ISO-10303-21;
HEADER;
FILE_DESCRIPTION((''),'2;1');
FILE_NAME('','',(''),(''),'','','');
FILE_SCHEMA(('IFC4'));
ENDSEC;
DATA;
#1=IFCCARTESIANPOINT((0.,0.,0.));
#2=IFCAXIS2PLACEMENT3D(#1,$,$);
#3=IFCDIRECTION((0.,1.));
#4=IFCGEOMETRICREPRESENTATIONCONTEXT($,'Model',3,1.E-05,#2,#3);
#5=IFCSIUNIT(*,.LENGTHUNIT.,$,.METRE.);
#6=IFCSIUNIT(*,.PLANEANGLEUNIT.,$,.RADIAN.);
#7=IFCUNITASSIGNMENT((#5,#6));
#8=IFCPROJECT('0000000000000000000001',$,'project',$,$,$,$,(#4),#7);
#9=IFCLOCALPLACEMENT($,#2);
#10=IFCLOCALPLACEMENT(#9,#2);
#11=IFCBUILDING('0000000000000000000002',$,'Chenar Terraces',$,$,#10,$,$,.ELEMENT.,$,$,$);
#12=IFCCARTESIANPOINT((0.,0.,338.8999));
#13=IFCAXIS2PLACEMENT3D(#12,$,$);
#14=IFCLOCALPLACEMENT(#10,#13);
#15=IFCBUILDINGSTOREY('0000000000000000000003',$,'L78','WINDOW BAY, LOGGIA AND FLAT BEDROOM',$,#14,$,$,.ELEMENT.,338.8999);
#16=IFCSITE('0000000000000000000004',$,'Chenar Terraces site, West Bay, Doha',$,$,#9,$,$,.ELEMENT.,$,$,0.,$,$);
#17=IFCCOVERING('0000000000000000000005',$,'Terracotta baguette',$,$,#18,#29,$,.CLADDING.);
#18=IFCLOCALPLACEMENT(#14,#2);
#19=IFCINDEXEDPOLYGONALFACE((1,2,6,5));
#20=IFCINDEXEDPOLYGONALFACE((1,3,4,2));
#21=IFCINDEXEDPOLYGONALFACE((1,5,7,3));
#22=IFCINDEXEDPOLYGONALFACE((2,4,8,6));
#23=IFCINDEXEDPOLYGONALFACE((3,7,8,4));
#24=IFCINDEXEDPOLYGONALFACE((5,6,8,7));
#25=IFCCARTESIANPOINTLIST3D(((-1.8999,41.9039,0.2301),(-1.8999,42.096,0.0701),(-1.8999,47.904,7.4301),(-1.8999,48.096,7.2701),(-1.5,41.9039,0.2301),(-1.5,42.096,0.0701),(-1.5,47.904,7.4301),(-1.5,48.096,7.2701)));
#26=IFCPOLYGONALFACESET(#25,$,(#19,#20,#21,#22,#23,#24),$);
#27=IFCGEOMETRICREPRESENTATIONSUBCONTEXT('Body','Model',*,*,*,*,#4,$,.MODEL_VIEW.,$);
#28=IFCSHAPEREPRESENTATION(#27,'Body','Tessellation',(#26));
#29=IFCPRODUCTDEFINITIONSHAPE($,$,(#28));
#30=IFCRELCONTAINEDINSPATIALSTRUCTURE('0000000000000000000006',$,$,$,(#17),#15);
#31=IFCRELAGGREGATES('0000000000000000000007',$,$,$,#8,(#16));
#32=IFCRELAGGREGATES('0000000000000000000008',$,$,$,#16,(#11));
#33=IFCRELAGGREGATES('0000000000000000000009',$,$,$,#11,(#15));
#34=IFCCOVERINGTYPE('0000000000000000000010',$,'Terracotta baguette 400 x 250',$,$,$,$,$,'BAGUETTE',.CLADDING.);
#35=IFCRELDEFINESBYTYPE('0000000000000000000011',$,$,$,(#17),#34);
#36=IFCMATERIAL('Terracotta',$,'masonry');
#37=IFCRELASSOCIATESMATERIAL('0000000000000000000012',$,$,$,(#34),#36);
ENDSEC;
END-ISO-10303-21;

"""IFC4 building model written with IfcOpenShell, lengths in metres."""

from ifc_helpers import new_model, si_unit, direction, frame, origin, origin_2d, place, context, subcontext, project, spatial, rectangle, extrude, material, material_profile, profile_set, type_object, element, save


model = new_model("IFC4")

# Units and contexts
model_context = context("Model", 3, precision=1e-05, world=origin(), true_north=direction((0.0, 1.0)))
body_context = subcontext(model_context, "Body", "Model", "MODEL_VIEW")
ifc_project = project(units=[si_unit("LENGTHUNIT", "METRE"), si_unit("PLANEANGLEUNIT", "RADIAN")], contexts=[model_context])

# Site, building, storey
site_placement = place(None, origin())
site = spatial("IfcSite", under=ifc_project, at=site_placement, Name="Chenar Terraces site, West Bay, Doha", CompositionType="ELEMENT", RefElevation=0.0)
building_placement = place(site_placement, origin())
building = spatial("IfcBuilding", under=site, at=building_placement, Name="Chenar Terraces", CompositionType="ELEMENT")
storey_placement = place(building_placement, frame((0.0, 0.0, 338.8999)))
storey = spatial("IfcBuildingStorey", under=building, at=storey_placement, Name="L78", Description="WINDOW BAY, LOGGIA AND FLAT BEDROOM", CompositionType="ELEMENT", Elevation=338.8999)

# Covering
ifc_material_1 = material(Name="Terracotta", Category="masonry")
ifc_material_profile_1 = material_profile(ifc_material_1, rectangle(XDim=0.3999, YDim=0.25, at=origin_2d()), Name="Terracotta baguette 400 x 250")
ifc_profile_set_1 = profile_set([ifc_material_profile_1], Name="Terracotta")
covering_type = type_object("IfcCoveringType", Name="Terracotta baguette 400 x 250", ElementType="BAGUETTE", PredefinedType="CLADDING", material=ifc_profile_set_1)
covering_1_placement = place(storey_placement, frame((-1.7, 48.0, 7.3501), z_axis=(0.0, -0.640187, -0.768219), x_axis=(1.0, 0.0, 0.0)))
element("IfcCovering", 1, at=covering_1_placement, inside=storey, type_object=covering_type, Name="Terracotta baguette", PredefinedType="CLADDING", context=body_context, shape_type="SweptSolid", body=[
    extrude(rectangle(XDim=0.3999, YDim=0.25, at=origin_2d()), origin(), (0.0, 0.0, 1.0), 9.3723),
])

save(model, "model.ifc")
